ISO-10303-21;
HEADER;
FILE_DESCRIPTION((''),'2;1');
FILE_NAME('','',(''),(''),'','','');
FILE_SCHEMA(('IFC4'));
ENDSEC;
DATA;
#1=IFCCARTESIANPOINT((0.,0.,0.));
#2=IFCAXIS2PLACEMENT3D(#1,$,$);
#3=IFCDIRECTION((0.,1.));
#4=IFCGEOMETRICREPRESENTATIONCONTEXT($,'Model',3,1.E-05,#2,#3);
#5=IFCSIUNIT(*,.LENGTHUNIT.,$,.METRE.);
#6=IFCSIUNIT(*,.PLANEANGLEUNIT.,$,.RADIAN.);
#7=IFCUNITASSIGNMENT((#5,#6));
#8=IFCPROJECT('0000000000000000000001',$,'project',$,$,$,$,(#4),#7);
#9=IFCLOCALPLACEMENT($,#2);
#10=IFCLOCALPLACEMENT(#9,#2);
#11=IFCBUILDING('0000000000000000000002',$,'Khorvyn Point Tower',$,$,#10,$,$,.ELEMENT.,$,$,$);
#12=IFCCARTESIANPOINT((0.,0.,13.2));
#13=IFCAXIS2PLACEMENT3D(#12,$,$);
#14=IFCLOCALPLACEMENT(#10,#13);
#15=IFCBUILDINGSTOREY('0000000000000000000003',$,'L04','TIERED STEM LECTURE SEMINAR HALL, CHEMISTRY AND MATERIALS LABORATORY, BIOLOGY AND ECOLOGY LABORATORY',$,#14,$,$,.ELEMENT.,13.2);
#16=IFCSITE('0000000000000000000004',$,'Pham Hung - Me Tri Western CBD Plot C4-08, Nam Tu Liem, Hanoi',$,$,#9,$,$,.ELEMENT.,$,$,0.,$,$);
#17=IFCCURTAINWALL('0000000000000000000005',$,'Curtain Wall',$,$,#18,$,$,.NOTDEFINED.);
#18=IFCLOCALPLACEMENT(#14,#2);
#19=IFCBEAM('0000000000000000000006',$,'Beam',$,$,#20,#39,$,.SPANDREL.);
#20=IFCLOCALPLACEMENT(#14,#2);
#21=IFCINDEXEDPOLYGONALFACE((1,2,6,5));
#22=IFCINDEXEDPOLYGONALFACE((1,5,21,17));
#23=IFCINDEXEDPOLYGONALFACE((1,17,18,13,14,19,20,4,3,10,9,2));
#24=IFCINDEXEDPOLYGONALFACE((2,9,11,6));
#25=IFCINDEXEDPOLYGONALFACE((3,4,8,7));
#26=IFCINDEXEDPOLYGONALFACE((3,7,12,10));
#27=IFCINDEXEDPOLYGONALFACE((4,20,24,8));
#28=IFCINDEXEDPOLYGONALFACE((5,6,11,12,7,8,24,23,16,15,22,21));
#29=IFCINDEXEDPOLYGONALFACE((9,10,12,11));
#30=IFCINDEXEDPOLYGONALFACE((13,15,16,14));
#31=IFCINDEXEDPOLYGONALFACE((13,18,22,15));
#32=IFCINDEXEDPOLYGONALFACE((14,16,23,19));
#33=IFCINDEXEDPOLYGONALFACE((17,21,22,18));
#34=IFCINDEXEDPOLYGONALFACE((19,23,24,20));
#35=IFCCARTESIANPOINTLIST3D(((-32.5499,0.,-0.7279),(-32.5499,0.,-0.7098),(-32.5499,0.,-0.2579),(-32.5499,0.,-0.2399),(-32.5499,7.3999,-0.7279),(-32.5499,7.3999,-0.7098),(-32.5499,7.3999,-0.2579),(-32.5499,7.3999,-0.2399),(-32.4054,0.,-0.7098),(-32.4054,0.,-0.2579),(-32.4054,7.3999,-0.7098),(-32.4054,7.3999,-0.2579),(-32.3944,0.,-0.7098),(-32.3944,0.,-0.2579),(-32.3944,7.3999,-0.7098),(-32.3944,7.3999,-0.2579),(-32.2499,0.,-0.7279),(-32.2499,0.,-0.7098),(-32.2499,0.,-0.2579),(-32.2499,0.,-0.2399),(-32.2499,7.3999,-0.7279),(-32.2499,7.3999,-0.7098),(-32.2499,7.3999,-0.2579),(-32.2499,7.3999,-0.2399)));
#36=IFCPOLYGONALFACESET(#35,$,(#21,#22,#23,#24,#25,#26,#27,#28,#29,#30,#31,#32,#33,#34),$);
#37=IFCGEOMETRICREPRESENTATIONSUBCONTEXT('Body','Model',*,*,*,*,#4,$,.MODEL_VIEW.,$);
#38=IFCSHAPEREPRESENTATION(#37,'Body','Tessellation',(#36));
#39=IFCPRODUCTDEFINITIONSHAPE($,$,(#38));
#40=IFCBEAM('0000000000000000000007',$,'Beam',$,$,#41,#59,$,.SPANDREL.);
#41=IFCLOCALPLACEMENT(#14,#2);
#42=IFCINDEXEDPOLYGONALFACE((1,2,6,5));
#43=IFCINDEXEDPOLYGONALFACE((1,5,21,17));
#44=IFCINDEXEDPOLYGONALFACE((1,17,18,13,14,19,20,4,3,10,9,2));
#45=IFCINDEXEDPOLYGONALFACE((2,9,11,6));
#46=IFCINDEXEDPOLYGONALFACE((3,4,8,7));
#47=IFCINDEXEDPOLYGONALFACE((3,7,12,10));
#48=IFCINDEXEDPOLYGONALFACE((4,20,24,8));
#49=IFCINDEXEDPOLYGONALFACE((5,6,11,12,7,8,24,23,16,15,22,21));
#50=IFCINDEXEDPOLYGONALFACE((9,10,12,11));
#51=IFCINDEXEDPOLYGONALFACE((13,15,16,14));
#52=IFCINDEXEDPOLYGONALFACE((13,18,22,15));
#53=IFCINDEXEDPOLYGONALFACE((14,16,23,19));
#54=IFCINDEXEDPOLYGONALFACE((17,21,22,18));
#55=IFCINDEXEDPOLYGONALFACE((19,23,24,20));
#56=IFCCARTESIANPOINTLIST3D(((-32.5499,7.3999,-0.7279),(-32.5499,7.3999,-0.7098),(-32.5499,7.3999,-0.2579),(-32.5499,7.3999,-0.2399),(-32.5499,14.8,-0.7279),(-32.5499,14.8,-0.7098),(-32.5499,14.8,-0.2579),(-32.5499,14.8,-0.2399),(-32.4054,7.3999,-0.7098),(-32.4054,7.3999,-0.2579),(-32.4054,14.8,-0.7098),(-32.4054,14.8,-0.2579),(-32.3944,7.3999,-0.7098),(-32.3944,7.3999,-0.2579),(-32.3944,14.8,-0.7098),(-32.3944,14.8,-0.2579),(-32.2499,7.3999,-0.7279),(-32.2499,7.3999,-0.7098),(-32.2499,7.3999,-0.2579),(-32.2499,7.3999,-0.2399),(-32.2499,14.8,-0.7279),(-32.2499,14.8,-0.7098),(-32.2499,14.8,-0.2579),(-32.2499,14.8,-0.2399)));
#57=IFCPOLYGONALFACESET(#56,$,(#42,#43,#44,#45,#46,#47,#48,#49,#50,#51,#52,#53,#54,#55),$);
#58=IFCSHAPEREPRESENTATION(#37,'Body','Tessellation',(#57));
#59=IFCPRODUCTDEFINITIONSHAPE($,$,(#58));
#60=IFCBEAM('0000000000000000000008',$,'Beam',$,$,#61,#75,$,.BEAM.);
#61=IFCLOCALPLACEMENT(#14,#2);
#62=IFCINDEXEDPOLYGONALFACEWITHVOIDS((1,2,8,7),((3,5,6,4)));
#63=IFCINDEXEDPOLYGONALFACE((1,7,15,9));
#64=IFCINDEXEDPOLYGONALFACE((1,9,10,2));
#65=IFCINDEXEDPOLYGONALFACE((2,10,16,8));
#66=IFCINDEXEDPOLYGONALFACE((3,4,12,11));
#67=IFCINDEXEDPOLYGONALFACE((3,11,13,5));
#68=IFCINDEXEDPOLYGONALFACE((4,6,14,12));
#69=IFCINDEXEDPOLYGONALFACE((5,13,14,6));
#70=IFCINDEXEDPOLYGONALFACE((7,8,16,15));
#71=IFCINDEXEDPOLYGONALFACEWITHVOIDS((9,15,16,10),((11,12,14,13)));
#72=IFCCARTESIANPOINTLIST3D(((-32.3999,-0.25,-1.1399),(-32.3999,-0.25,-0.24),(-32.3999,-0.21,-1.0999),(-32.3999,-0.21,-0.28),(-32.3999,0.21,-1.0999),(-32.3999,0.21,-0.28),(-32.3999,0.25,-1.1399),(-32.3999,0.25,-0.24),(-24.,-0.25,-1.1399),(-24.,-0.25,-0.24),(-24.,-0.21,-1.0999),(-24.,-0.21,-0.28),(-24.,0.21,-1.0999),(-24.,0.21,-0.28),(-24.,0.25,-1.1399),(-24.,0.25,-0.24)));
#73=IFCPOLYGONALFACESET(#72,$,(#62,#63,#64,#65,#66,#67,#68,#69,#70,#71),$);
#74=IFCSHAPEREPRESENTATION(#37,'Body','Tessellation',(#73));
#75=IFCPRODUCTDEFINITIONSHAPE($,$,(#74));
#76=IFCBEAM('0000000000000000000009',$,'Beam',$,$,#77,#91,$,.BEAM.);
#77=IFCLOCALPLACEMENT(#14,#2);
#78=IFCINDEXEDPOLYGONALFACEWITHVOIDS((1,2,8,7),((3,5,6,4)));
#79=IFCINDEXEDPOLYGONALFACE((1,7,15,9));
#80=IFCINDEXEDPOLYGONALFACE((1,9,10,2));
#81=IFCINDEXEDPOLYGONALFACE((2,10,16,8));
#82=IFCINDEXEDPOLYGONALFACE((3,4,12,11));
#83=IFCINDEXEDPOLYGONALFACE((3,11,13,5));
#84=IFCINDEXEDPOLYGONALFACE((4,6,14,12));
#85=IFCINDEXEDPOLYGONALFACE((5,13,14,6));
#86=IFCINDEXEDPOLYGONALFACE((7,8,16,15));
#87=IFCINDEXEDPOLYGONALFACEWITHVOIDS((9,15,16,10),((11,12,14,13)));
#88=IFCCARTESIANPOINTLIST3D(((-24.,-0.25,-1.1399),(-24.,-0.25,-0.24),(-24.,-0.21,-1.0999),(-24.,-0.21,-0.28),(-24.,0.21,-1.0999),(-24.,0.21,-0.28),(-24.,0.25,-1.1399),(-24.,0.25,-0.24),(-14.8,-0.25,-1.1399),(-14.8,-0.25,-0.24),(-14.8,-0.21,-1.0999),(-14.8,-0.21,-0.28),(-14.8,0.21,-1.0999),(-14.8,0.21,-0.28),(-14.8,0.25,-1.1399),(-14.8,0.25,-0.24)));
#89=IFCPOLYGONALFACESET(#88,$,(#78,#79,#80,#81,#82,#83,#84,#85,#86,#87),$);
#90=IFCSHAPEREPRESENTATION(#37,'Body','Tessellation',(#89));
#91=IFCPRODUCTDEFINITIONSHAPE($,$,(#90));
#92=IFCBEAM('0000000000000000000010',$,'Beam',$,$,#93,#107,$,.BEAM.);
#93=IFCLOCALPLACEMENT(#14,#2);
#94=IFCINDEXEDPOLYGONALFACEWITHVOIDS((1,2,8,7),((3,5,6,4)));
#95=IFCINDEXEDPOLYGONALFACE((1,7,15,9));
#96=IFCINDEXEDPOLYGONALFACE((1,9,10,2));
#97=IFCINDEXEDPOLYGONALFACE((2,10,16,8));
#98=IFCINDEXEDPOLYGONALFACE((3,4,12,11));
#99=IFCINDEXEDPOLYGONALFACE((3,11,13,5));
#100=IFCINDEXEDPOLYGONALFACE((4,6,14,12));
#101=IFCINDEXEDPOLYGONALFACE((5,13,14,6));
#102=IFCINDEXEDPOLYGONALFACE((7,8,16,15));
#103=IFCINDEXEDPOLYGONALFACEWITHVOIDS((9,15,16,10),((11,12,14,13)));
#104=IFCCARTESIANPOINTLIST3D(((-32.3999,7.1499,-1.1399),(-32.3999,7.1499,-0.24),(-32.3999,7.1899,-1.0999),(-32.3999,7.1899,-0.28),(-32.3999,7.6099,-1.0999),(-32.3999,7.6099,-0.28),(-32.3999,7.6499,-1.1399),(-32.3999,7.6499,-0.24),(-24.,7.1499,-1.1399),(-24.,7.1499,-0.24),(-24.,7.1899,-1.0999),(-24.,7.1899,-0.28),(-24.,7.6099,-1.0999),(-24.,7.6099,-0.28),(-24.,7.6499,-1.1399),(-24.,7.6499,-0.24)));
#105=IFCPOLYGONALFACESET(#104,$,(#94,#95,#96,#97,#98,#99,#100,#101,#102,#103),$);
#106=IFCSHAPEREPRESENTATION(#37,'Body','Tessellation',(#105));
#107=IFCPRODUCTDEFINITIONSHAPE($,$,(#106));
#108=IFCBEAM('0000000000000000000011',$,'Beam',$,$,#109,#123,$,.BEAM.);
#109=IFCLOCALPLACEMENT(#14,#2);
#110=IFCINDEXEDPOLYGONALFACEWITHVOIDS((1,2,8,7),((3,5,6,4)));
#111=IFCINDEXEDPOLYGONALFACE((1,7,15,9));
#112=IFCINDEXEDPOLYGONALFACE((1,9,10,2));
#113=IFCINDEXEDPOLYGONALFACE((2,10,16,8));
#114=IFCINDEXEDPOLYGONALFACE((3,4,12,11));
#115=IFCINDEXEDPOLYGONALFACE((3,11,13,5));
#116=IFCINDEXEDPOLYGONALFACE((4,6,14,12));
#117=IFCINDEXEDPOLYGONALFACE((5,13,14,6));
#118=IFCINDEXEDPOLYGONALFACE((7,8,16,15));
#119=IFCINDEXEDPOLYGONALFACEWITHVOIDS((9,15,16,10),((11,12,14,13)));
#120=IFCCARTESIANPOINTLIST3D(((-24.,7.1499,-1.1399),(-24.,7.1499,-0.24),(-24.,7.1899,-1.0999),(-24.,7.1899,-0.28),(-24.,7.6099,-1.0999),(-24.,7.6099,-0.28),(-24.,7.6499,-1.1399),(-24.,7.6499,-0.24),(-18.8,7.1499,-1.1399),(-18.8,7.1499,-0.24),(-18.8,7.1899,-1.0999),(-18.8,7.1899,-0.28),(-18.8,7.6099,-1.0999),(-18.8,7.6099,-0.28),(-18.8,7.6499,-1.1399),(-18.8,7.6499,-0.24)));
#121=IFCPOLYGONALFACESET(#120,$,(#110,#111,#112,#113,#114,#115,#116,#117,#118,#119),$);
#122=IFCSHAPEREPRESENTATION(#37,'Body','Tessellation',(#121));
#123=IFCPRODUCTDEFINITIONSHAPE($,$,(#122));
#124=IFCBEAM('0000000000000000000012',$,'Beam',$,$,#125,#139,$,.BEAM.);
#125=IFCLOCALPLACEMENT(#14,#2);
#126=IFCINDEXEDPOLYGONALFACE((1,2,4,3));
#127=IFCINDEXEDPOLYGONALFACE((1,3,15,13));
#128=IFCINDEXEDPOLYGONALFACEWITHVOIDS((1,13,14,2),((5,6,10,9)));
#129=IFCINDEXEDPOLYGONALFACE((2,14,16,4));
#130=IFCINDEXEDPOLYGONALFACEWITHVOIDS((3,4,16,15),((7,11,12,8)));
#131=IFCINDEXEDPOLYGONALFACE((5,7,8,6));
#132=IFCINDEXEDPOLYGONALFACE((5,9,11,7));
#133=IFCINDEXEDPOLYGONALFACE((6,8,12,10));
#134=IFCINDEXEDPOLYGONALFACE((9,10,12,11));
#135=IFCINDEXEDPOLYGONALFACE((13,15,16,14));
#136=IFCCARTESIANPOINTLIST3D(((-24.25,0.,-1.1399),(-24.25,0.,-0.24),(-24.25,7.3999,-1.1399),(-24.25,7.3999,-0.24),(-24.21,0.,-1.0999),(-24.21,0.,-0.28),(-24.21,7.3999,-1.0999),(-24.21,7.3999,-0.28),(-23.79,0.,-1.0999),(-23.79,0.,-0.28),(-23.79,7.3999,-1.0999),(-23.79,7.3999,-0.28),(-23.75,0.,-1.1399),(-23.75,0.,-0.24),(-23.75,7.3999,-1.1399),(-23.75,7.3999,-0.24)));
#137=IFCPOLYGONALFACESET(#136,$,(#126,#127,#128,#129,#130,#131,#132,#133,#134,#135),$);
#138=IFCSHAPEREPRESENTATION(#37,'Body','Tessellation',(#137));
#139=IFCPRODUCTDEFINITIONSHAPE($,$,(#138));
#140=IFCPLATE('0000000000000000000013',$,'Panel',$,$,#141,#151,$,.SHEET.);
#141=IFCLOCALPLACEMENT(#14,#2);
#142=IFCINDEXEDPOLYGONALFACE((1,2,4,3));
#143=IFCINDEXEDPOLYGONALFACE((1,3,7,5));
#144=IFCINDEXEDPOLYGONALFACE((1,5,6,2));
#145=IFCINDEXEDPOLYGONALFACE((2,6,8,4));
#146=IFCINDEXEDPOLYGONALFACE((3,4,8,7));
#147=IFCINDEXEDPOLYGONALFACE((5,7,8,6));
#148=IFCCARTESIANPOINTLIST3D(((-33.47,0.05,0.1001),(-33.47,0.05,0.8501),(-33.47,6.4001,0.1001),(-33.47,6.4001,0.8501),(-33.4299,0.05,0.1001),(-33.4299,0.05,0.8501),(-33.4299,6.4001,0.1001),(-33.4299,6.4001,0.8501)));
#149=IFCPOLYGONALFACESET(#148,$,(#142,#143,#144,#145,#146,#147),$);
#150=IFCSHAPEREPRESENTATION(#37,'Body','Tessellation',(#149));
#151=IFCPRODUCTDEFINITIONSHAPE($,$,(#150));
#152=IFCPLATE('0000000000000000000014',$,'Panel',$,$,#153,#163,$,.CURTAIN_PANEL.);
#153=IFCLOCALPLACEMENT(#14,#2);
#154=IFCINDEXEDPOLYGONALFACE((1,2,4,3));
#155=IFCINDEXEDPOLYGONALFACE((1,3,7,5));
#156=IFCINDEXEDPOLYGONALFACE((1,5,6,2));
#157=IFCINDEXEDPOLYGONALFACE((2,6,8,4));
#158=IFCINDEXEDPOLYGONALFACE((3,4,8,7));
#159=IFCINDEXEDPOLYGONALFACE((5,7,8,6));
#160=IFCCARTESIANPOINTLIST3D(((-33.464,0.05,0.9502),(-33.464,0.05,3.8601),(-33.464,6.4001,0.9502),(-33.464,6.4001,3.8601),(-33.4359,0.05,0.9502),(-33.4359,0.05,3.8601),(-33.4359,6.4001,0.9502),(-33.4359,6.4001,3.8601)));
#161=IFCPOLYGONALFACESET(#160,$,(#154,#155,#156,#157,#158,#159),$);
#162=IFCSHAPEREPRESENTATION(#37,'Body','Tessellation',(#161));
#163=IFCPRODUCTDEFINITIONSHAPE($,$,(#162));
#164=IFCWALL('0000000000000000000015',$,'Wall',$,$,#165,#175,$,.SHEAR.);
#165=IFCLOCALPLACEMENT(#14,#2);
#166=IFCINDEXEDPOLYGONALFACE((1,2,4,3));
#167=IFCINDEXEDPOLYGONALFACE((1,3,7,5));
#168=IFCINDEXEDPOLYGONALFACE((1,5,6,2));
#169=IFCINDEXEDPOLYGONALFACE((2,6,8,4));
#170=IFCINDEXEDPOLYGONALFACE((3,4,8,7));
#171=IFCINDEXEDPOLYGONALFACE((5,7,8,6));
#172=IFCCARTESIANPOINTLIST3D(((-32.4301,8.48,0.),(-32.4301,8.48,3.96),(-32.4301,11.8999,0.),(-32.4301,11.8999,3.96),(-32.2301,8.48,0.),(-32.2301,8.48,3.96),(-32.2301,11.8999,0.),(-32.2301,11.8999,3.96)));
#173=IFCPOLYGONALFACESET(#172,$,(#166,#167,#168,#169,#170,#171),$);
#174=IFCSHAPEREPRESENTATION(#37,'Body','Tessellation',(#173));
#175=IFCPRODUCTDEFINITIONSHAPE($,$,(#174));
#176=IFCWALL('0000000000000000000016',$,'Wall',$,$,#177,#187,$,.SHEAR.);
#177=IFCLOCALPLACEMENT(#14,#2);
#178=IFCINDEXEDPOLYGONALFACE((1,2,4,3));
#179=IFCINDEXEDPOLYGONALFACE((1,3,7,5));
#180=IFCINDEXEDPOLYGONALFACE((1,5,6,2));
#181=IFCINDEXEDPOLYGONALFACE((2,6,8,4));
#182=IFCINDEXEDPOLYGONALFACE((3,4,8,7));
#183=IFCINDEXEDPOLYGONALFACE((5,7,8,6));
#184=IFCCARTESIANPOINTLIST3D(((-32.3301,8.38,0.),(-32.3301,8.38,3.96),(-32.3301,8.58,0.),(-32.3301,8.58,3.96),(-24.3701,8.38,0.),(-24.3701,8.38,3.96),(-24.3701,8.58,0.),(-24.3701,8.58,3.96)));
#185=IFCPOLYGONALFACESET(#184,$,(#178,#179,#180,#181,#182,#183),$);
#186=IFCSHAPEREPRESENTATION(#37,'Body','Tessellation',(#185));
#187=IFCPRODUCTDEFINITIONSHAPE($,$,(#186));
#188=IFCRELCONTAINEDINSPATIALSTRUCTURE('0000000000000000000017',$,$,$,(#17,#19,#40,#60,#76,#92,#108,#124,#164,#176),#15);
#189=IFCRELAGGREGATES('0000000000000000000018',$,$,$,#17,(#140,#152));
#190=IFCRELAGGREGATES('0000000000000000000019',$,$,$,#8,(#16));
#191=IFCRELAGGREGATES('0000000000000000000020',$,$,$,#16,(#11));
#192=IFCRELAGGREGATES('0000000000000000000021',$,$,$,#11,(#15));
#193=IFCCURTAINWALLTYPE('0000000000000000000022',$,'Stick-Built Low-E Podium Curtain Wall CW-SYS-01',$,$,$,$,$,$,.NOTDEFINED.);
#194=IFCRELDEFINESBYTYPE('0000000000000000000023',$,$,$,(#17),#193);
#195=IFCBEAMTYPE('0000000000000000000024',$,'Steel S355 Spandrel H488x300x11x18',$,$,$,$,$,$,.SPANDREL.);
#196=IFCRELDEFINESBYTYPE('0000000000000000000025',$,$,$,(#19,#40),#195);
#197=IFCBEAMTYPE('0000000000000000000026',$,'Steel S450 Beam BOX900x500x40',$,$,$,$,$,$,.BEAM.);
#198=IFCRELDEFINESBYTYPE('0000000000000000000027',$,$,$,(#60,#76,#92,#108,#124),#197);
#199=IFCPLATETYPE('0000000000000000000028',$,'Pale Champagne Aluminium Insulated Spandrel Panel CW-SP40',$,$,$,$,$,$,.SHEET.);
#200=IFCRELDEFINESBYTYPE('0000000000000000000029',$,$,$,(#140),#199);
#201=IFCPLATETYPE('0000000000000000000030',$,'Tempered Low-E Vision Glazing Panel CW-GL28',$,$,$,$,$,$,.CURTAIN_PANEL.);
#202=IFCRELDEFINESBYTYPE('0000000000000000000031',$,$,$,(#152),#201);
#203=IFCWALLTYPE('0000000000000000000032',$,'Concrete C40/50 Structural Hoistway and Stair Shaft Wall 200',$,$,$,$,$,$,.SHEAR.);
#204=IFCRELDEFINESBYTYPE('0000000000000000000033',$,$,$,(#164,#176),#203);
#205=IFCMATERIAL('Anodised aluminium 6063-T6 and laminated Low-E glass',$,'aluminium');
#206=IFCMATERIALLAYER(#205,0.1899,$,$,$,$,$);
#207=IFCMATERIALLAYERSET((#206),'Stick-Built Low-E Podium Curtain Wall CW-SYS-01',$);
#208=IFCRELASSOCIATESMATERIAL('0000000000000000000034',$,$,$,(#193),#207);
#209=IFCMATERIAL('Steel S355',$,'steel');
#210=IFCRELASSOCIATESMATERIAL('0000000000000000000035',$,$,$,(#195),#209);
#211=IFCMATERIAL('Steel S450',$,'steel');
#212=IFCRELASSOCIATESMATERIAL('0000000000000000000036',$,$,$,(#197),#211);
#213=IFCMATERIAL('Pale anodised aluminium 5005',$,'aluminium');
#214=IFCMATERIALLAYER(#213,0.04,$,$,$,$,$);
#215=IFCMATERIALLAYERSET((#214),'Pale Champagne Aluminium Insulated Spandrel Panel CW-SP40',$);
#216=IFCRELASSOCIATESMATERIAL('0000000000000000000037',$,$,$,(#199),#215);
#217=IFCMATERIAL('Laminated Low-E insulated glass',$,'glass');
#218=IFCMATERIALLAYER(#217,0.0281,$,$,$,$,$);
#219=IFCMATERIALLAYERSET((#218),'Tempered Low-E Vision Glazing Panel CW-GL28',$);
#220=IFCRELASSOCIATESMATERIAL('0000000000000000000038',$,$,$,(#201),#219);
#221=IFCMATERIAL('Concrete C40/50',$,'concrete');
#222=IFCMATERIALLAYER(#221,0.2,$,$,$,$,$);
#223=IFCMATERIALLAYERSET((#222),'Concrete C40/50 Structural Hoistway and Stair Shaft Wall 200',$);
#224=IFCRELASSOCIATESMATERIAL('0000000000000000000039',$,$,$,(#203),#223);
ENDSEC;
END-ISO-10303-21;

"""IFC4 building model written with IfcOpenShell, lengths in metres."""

from ifc_helpers import new_model, si_unit, direction, frame, frame_2d, origin, origin_2d, place, context, subcontext, project, spatial, rectangle, hollow_rectangle, i_section, extrude, material, layer, layer_set, material_profile, profile_set, type_object, element, aggregate, save


model = new_model("IFC4")

# Units and contexts
model_context = context("Model", 3, precision=1e-05, world=origin(), true_north=direction((0.0, 1.0)))
body_context = subcontext(model_context, "Body", "Model", "MODEL_VIEW")
ifc_project = project(units=[si_unit("LENGTHUNIT", "METRE"), si_unit("PLANEANGLEUNIT", "RADIAN")], contexts=[model_context])

# Site, building, storey
site_placement = place(None, origin())
site = spatial("IfcSite", under=ifc_project, at=site_placement, Name="Pham Hung - Me Tri Western CBD Plot C4-08, Nam Tu Liem, Hanoi", CompositionType="ELEMENT", RefElevation=0.0)
building_placement = place(site_placement, origin())
building = spatial("IfcBuilding", under=site, at=building_placement, Name="Khorvyn Point Tower", CompositionType="ELEMENT")
storey_placement = place(building_placement, frame((0.0, 0.0, 13.2)))
storey = spatial("IfcBuildingStorey", under=building, at=storey_placement, Name="L04", Description="TIERED STEM LECTURE SEMINAR HALL, CHEMISTRY AND MATERIALS LABORATORY, BIOLOGY AND ECOLOGY LABORATORY", CompositionType="ELEMENT", Elevation=13.2)

# Shared definitions
ifc_material_1 = material(Name="Concrete C40/50", Category="concrete")

# Curtain wall
ifc_material_2 = material(Name="Anodised aluminium 6063-T6 and laminated Low-E glass", Category="aluminium")
ifc_layer_1 = layer(ifc_material_2, 0.1899)
ifc_layer_set_1 = layer_set([ifc_layer_1], Name="Stick-Built Low-E Podium Curtain Wall CW-SYS-01")
curtain_wall_type = type_object("IfcCurtainWallType", Name="Stick-Built Low-E Podium Curtain Wall CW-SYS-01", PredefinedType="NOTDEFINED", material=ifc_layer_set_1)
curtain_wall_placement = place(storey_placement, origin())
curtain_wall = element("IfcCurtainWall", 1, at=curtain_wall_placement, inside=storey, type_object=curtain_wall_type, Name="Curtain Wall", PredefinedType="NOTDEFINED")

# Beams
ifc_material_3 = material(Name="Steel S355", Category="steel")
ifc_material_profile_1 = material_profile(ifc_material_3, i_section(OverallWidth=0.3, OverallDepth=0.488, WebThickness=0.011, FlangeThickness=0.0181, at=origin_2d()))
ifc_profile_set_1 = profile_set([ifc_material_profile_1], Name="Steel S355 H488x300x11x18")
beam_type_1 = type_object("IfcBeamType", Name="Steel S355 Spandrel H488x300x11x18", PredefinedType="SPANDREL", material=ifc_profile_set_1)
beam_1_placement = place(storey_placement, frame((-32.3999, 0.0, -0.4839), z_axis=(0.0, 1.0, 0.0), x_axis=(-1.0, 0.0, 0.0)))
element("IfcBeam", 2, at=beam_1_placement, inside=storey, type_object=beam_type_1, Name="Beam", PredefinedType="SPANDREL", context=body_context, shape_type="SweptSolid", body=[
    extrude(i_section(OverallWidth=0.3, OverallDepth=0.488, WebThickness=0.011, FlangeThickness=0.0181, at=origin_2d()), origin(), (0.0, 0.0, 1.0), 7.3999),
])
beam_2_placement = place(storey_placement, frame((-32.3999, 7.3999, -0.4839), z_axis=(0.0, 1.0, 0.0), x_axis=(-1.0, 0.0, 0.0)))
element("IfcBeam", 3, at=beam_2_placement, inside=storey, type_object=beam_type_1, Name="Beam", PredefinedType="SPANDREL", context=body_context, shape_type="SweptSolid", body=[
    extrude(i_section(OverallWidth=0.3, OverallDepth=0.488, WebThickness=0.011, FlangeThickness=0.0181, at=origin_2d()), origin(), (0.0, 0.0, 1.0), 7.4001),
])
ifc_material_4 = material(Name="Steel S450", Category="steel")
ifc_material_profile_2 = material_profile(ifc_material_4, hollow_rectangle(XDim=0.5, YDim=0.8999, WallThickness=0.04, at=origin_2d()))
ifc_profile_set_2 = profile_set([ifc_material_profile_2], Name="Steel S450 BOX900x500x40")
beam_type_2 = type_object("IfcBeamType", Name="Steel S450 Beam BOX900x500x40", PredefinedType="BEAM", material=ifc_profile_set_2)
beam_3_placement = place(storey_placement, frame((-32.3999, 0.0, -0.6899), z_axis=(1.0, 0.0, 0.0), x_axis=(0.0, 1.0, 0.0)))
element("IfcBeam", 4, at=beam_3_placement, inside=storey, type_object=beam_type_2, Name="Beam", PredefinedType="BEAM", context=body_context, shape_type="SweptSolid", body=[
    extrude(hollow_rectangle(XDim=0.5, YDim=0.8999, WallThickness=0.04, at=origin_2d()), origin(), (0.0, 0.0, 1.0), 8.3999),
])
beam_4_placement = place(storey_placement, frame((-24.0, 0.0, -0.6899), z_axis=(1.0, 0.0, 0.0), x_axis=(0.0, 1.0, 0.0)))
element("IfcBeam", 5, at=beam_4_placement, inside=storey, type_object=beam_type_2, Name="Beam", PredefinedType="BEAM", context=body_context, shape_type="SweptSolid", body=[
    extrude(hollow_rectangle(XDim=0.5, YDim=0.8999, WallThickness=0.04, at=origin_2d()), origin(), (0.0, 0.0, 1.0), 9.2),
])
beam_5_placement = place(storey_placement, frame((-32.3999, 7.3999, -0.6899), z_axis=(1.0, 0.0, 0.0), x_axis=(0.0, 1.0, 0.0)))
element("IfcBeam", 6, at=beam_5_placement, inside=storey, type_object=beam_type_2, Name="Beam", PredefinedType="BEAM", context=body_context, shape_type="SweptSolid", body=[
    extrude(hollow_rectangle(XDim=0.5, YDim=0.8999, WallThickness=0.04, at=origin_2d()), origin(), (0.0, 0.0, 1.0), 8.3999),
])
beam_6_placement = place(storey_placement, frame((-24.0, 7.3999, -0.6899), z_axis=(1.0, 0.0, 0.0), x_axis=(0.0, 1.0, 0.0)))
element("IfcBeam", 7, at=beam_6_placement, inside=storey, type_object=beam_type_2, Name="Beam", PredefinedType="BEAM", context=body_context, shape_type="SweptSolid", body=[
    extrude(hollow_rectangle(XDim=0.5, YDim=0.8999, WallThickness=0.04, at=origin_2d()), origin(), (0.0, 0.0, 1.0), 5.2),
])
beam_7_placement = place(storey_placement, frame((-24.0, 0.0, -0.6899), z_axis=(0.0, 1.0, 0.0), x_axis=(-1.0, 0.0, 0.0)))
element("IfcBeam", 8, at=beam_7_placement, inside=storey, type_object=beam_type_2, Name="Beam", PredefinedType="BEAM", context=body_context, shape_type="SweptSolid", body=[
    extrude(hollow_rectangle(XDim=0.5, YDim=0.8999, WallThickness=0.04, at=origin_2d()), origin(), (0.0, 0.0, 1.0), 7.3999),
])

# Plates
ifc_material_5 = material(Name="Pale anodised aluminium 5005", Category="aluminium")
ifc_layer_2 = layer(ifc_material_5, 0.04)
ifc_layer_set_2 = layer_set([ifc_layer_2], Name="Pale Champagne Aluminium Insulated Spandrel Panel CW-SP40")
plate_type_1 = type_object("IfcPlateType", Name="Pale Champagne Aluminium Insulated Spandrel Panel CW-SP40", PredefinedType="SHEET", material=ifc_layer_set_2)
plate_1_placement = place(storey_placement, frame((-33.45, 3.2251, 0.1001), z_axis=(0.0, 0.0, 1.0), x_axis=(0.0, 1.0, 0.0)))
plate_1 = element("IfcPlate", 9, at=plate_1_placement, type_object=plate_type_1, Name="Panel", PredefinedType="SHEET", context=body_context, shape_type="SweptSolid", body=[
    extrude(rectangle(XDim=6.3501, YDim=0.04, at=origin_2d()), origin(), (0.0, 0.0, 1.0), 0.75),
])
ifc_material_6 = material(Name="Laminated Low-E insulated glass", Category="glass")
ifc_layer_3 = layer(ifc_material_6, 0.0281)
ifc_layer_set_3 = layer_set([ifc_layer_3], Name="Tempered Low-E Vision Glazing Panel CW-GL28")
plate_type_2 = type_object("IfcPlateType", Name="Tempered Low-E Vision Glazing Panel CW-GL28", PredefinedType="CURTAIN_PANEL", material=ifc_layer_set_3)
plate_2_placement = place(storey_placement, frame((-33.45, 3.2251, 0.9502), z_axis=(0.0, 0.0, 1.0), x_axis=(0.0, 1.0, 0.0)))
plate_2 = element("IfcPlate", 10, at=plate_2_placement, type_object=plate_type_2, Name="Panel", PredefinedType="CURTAIN_PANEL", context=body_context, shape_type="SweptSolid", body=[
    extrude(rectangle(XDim=6.3501, YDim=0.0281, at=origin_2d()), origin(), (0.0, 0.0, 1.0), 2.9099),
])
aggregate(curtain_wall, [plate_1, plate_2])

# Walls
ifc_layer_4 = layer(ifc_material_1, 0.2)
ifc_layer_set_4 = layer_set([ifc_layer_4], Name="Concrete C40/50 Structural Hoistway and Stair Shaft Wall 200")
wall_type_1 = type_object("IfcWallType", Name="Concrete C40/50 Structural Hoistway and Stair Shaft Wall 200", PredefinedType="SHEAR", material=ifc_layer_set_4)
wall_1_placement = place(storey_placement, frame((-32.3301, 8.48, 0.0), z_axis=(0.0, 0.0, 1.0), x_axis=(0.0, 1.0, 0.0)))
element("IfcWall", 11, at=wall_1_placement, inside=storey, type_object=wall_type_1, Name="Wall", PredefinedType="SHEAR", context=body_context, shape_type="SweptSolid", body=[
    extrude(rectangle(XDim=3.4199, YDim=0.2, at=frame_2d((1.71, 0.0))), origin(), (0.0, 0.0, 1.0), 3.96),
])
wall_2_placement = place(storey_placement, frame((-24.3701, 8.48, 0.0), z_axis=(0.0, 0.0, 1.0), x_axis=(-1.0, 0.0, 0.0)))
element("IfcWall", 12, at=wall_2_placement, inside=storey, type_object=wall_type_1, Name="Wall", PredefinedType="SHEAR", context=body_context, shape_type="SweptSolid", body=[
    extrude(rectangle(XDim=7.96, YDim=0.2, at=frame_2d((3.98, 0.0))), origin(), (0.0, 0.0, 1.0), 3.96),
])

save(model, "model.ifc")
